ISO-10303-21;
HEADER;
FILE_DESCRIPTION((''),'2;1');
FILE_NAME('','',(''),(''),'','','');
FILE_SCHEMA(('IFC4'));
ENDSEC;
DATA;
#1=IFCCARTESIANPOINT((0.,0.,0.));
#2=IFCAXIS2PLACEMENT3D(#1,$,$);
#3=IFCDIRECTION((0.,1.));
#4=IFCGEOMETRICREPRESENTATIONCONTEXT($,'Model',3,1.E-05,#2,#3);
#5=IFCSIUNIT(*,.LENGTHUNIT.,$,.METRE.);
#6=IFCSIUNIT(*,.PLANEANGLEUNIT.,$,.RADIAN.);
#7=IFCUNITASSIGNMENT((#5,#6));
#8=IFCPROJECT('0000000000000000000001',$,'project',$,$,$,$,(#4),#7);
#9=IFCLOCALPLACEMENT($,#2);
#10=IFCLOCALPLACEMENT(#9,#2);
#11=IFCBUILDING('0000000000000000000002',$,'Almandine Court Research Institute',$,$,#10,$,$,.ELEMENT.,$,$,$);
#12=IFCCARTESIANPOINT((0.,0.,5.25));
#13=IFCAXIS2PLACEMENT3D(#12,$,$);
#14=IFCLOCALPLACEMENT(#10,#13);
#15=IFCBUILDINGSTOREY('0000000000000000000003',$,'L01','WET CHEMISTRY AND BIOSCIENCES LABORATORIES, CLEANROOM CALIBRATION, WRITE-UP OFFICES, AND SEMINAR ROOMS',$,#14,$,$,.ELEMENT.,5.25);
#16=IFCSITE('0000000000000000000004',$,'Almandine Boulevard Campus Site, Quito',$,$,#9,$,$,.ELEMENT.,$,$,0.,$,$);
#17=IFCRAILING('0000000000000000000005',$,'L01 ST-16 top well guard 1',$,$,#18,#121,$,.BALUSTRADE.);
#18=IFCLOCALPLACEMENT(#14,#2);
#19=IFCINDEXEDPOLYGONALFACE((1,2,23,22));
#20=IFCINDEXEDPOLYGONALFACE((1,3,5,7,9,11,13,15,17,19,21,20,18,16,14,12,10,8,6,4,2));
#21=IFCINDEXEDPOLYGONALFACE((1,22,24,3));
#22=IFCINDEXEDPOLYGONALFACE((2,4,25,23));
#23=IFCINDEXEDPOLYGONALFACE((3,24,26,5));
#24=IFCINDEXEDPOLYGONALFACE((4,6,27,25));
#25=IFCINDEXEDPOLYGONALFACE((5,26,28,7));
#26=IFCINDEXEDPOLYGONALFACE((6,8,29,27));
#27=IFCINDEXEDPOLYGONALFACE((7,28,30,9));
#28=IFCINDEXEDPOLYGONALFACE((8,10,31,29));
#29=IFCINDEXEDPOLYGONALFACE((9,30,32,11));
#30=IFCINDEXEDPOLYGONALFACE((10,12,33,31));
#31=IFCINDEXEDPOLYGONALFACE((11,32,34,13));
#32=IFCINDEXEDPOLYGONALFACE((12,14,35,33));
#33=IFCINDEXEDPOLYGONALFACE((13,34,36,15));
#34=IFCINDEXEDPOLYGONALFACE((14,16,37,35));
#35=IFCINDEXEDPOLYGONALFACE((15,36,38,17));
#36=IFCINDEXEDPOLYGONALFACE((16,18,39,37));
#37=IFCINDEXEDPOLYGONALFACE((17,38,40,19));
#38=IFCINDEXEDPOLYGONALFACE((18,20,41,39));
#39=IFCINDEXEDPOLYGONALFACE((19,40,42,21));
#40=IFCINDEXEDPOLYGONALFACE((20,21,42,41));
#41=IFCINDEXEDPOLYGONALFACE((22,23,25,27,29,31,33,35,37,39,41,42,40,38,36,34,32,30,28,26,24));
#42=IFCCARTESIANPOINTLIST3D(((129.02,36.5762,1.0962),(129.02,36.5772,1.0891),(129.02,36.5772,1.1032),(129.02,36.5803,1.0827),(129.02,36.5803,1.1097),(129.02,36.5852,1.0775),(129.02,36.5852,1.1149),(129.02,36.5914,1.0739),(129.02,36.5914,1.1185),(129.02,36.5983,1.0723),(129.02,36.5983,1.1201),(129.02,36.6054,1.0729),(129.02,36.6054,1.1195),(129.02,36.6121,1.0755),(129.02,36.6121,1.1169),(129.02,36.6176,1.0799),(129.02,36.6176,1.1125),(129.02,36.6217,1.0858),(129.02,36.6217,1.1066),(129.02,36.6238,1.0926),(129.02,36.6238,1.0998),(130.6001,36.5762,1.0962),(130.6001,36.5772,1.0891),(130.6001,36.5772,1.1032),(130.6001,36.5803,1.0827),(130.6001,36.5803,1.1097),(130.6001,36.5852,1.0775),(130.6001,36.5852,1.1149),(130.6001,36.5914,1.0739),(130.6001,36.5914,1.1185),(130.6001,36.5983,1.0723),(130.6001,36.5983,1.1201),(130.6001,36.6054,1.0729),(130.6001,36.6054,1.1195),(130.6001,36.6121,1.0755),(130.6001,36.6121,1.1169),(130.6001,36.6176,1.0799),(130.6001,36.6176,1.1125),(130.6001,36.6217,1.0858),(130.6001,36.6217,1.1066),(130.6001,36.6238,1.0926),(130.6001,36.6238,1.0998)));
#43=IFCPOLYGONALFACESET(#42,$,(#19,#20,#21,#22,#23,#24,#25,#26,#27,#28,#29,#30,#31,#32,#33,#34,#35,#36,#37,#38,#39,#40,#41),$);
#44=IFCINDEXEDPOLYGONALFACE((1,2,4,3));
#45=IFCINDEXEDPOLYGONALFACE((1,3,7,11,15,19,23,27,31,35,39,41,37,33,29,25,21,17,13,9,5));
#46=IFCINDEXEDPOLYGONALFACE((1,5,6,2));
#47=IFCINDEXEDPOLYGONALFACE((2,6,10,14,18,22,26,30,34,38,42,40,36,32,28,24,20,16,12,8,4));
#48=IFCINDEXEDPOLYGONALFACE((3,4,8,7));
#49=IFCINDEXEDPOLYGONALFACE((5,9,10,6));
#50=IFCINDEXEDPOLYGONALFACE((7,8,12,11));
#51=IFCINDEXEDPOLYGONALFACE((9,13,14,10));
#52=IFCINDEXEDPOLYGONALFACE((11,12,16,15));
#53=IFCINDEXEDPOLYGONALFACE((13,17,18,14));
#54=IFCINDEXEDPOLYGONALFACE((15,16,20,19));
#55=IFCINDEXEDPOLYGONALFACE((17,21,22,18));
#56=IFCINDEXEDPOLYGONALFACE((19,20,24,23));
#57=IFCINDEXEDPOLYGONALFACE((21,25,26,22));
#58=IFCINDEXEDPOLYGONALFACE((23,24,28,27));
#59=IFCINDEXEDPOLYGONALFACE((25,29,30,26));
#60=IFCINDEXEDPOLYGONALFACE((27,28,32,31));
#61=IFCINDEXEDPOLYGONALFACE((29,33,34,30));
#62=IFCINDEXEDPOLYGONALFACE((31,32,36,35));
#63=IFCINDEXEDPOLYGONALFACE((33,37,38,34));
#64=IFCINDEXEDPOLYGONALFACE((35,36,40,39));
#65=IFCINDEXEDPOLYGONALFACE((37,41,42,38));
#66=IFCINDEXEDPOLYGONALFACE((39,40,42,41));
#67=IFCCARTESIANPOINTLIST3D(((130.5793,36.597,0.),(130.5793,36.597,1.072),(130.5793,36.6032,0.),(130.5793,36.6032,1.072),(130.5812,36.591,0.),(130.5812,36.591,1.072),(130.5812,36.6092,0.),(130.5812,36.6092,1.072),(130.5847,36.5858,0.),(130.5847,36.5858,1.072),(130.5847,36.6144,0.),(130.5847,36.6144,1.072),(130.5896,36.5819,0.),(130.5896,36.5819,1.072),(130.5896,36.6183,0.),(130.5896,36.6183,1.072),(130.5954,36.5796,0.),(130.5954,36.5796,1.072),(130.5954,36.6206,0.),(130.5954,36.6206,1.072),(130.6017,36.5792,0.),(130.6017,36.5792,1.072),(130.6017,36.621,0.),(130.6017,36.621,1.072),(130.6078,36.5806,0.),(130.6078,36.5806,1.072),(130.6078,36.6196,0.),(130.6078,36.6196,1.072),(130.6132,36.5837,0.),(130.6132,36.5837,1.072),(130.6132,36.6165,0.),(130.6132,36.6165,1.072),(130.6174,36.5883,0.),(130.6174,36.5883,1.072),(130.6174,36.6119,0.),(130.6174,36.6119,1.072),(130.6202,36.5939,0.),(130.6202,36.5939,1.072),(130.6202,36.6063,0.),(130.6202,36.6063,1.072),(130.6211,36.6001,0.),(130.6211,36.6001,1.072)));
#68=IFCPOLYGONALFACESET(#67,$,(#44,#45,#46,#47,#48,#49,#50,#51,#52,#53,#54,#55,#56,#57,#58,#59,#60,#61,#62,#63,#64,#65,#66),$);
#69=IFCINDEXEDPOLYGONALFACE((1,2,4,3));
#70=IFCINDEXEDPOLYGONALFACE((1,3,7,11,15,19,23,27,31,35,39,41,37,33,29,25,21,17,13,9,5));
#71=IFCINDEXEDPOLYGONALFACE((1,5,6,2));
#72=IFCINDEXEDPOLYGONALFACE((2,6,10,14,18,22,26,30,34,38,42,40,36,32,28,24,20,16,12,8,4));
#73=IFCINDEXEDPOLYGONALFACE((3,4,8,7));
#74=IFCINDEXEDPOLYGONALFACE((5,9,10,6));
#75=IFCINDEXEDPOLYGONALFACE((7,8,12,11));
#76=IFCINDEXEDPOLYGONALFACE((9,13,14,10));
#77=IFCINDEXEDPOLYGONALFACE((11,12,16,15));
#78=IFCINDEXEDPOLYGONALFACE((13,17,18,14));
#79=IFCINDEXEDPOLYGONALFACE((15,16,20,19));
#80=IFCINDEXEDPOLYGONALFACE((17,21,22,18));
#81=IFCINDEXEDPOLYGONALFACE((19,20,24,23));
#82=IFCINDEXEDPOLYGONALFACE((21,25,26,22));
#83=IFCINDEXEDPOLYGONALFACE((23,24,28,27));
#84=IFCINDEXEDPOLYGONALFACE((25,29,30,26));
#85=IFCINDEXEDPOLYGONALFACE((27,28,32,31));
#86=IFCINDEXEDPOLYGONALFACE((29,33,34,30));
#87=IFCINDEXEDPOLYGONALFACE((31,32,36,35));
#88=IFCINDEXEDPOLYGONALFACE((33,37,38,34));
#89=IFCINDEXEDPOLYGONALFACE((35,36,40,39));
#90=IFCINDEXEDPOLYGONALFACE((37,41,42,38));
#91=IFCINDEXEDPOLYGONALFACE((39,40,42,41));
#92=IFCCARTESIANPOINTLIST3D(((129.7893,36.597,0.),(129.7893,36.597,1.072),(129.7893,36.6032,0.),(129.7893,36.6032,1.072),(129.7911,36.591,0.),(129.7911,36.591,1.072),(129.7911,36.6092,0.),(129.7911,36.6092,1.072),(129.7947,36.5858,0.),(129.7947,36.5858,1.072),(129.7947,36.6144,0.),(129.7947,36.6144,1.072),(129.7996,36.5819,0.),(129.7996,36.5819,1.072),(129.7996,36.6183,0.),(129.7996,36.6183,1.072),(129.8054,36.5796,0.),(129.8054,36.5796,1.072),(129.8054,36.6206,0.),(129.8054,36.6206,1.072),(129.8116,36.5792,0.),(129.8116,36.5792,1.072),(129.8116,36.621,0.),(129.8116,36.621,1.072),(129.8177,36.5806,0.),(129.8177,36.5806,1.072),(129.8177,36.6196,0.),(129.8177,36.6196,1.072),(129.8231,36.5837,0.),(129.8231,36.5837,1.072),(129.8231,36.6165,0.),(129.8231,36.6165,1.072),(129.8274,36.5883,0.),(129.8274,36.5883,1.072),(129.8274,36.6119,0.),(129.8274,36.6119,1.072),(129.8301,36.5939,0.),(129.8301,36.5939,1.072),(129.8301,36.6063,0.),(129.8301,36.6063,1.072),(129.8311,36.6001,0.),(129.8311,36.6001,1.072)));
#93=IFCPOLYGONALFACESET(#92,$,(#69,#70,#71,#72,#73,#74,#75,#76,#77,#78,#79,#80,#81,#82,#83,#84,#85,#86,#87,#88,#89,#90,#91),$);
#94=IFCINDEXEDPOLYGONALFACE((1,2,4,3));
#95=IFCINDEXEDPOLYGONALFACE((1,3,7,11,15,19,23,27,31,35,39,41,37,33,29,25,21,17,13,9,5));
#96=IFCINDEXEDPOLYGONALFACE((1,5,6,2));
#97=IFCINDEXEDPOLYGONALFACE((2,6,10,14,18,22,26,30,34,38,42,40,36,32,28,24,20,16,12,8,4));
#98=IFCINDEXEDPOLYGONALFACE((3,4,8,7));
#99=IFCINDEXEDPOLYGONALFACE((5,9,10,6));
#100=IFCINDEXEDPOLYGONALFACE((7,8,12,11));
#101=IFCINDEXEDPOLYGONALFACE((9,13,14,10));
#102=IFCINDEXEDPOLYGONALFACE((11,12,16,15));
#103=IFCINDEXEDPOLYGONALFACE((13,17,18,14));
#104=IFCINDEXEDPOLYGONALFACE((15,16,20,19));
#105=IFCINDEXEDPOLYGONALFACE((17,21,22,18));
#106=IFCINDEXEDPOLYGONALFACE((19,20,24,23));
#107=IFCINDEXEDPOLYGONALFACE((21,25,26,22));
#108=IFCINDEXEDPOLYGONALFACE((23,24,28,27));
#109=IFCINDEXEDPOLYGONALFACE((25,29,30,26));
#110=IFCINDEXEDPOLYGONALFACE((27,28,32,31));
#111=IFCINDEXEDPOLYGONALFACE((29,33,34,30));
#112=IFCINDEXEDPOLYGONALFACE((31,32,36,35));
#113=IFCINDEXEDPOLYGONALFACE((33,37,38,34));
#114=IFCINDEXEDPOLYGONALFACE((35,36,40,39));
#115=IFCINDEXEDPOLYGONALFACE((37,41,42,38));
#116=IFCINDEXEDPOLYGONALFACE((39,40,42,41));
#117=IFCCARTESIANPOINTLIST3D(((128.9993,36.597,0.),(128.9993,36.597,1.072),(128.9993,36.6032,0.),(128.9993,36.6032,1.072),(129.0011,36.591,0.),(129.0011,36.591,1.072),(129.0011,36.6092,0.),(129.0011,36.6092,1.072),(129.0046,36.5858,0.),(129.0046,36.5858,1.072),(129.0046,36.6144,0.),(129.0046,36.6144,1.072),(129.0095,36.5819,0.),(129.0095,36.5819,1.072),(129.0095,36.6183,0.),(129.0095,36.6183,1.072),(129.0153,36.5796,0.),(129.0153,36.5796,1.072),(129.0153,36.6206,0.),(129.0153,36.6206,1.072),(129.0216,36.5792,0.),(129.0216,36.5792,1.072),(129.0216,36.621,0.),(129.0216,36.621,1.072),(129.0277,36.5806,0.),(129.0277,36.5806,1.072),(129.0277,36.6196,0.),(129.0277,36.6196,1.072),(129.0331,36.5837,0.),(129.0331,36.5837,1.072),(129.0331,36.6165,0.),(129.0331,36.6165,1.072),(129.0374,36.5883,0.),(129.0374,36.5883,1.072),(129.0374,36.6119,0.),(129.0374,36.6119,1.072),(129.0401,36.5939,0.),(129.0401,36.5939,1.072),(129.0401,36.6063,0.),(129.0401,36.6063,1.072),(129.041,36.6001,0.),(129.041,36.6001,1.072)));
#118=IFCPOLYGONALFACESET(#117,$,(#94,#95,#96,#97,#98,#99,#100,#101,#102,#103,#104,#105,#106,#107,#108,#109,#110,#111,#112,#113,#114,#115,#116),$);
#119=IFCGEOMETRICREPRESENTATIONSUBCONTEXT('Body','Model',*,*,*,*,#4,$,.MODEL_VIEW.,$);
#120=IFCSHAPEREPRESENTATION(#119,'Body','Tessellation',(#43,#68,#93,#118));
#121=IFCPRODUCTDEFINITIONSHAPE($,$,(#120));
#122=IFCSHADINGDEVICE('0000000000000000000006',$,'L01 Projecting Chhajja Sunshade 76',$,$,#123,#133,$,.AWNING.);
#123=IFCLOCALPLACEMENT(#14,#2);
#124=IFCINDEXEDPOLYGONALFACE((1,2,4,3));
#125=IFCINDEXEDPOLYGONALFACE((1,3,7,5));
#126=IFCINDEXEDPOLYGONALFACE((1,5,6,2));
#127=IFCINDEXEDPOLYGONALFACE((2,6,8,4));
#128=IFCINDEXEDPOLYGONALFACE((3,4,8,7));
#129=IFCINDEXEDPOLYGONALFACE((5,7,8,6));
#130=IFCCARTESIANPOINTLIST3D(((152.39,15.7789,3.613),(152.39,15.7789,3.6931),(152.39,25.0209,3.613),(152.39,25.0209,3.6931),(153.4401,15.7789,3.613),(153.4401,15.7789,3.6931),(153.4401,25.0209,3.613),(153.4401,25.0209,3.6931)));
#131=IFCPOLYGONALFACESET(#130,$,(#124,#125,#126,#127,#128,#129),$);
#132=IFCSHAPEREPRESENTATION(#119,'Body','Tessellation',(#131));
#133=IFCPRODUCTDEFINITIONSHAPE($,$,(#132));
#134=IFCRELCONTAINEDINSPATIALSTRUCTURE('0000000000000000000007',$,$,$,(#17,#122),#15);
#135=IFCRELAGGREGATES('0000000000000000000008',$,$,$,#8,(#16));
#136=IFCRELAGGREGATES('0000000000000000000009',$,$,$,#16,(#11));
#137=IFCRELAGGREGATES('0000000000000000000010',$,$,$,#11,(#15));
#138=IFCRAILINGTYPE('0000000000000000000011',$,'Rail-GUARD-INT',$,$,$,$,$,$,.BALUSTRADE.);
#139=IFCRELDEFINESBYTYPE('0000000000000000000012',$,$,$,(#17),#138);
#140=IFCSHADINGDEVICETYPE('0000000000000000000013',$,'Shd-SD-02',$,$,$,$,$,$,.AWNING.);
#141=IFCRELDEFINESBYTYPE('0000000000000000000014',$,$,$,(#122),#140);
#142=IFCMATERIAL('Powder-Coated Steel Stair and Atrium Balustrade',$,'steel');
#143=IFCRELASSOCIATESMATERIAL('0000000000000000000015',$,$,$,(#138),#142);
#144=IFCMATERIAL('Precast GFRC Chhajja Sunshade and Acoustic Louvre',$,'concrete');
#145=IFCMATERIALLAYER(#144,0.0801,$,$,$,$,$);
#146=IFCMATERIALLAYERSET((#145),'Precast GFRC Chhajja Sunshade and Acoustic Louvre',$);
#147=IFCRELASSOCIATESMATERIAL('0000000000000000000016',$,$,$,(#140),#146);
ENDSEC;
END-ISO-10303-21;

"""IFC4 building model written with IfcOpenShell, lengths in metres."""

from ifc_helpers import new_model, si_unit, direction, frame, origin, origin_2d, place, context, subcontext, project, spatial, rectangle, circle, extrude, material, layer, layer_set, type_object, element, save


model = new_model("IFC4")

# Units and contexts
model_context = context("Model", 3, precision=1e-05, world=origin(), true_north=direction((0.0, 1.0)))
body_context = subcontext(model_context, "Body", "Model", "MODEL_VIEW")
ifc_project = project(units=[si_unit("LENGTHUNIT", "METRE"), si_unit("PLANEANGLEUNIT", "RADIAN")], contexts=[model_context])

# Site, building, storey
site_placement = place(None, origin())
site = spatial("IfcSite", under=ifc_project, at=site_placement, Name="Almandine Boulevard Campus Site, Quito", CompositionType="ELEMENT", RefElevation=0.0)
building_placement = place(site_placement, origin())
building = spatial("IfcBuilding", under=site, at=building_placement, Name="Almandine Court Research Institute", CompositionType="ELEMENT")
storey_placement = place(building_placement, frame((0.0, 0.0, 5.25)))
storey = spatial("IfcBuildingStorey", under=building, at=storey_placement, Name="L01", Description="WET CHEMISTRY AND BIOSCIENCES LABORATORIES, CLEANROOM CALIBRATION, WRITE-UP OFFICES, AND SEMINAR ROOMS", CompositionType="ELEMENT", Elevation=5.25)

# Railing
ifc_material_1 = material(Name="Powder-Coated Steel Stair and Atrium Balustrade", Category="steel")
railing_type_1 = type_object("IfcRailingType", Name="Rail-GUARD-INT", PredefinedType="BALUSTRADE", material=ifc_material_1)
railing_1_placement = place(storey_placement, frame((130.6001, 36.6001, 0.0)))
element("IfcRailing", 1, at=railing_1_placement, inside=storey, type_object=railing_type_1, Name="L01 ST-16 top well guard 1", PredefinedType="BALUSTRADE", context=body_context, shape_type="SweptSolid", body=[
    extrude(circle(Radius=0.0239, at=origin_2d()), frame((0.0, 0.0, 1.0962), z_axis=(-1.0, 0.0, 0.0), x_axis=(0.0, -1.0, 0.0)), (0.0, 0.0, 1.0), 1.5801),
    extrude(circle(Radius=0.021, at=origin_2d()), origin(), (0.0, 0.0, 1.0), 1.072),
    extrude(circle(Radius=0.021, at=origin_2d()), frame((-0.79, 0.0, 0.0)), (0.0, 0.0, 1.0), 1.072),
    extrude(circle(Radius=0.021, at=origin_2d()), frame((-1.5801, 0.0, 0.0)), (0.0, 0.0, 1.0), 1.072),
])

# Shading device
ifc_material_2 = material(Name="Precast GFRC Chhajja Sunshade and Acoustic Louvre", Category="concrete")
ifc_layer_1 = layer(ifc_material_2, 0.0801)
ifc_layer_set_1 = layer_set([ifc_layer_1], Name="Precast GFRC Chhajja Sunshade and Acoustic Louvre")
shading_device_type = type_object("IfcShadingDeviceType", Name="Shd-SD-02", PredefinedType="AWNING", material=ifc_layer_set_1)
shading_device_placement = place(storey_placement, frame((152.915, 20.3999, 3.613), z_axis=(0.0, 0.0, 1.0), x_axis=(0.0, 1.0, 0.0)))
element("IfcShadingDevice", 2, at=shading_device_placement, inside=storey, type_object=shading_device_type, Name="L01 Projecting Chhajja Sunshade 76", PredefinedType="AWNING", context=body_context, shape_type="SweptSolid", body=[
    extrude(rectangle(XDim=9.2419, YDim=1.05, at=origin_2d()), origin(), (0.0, 0.0, 1.0), 0.0801),
])

save(model, "model.ifc")
